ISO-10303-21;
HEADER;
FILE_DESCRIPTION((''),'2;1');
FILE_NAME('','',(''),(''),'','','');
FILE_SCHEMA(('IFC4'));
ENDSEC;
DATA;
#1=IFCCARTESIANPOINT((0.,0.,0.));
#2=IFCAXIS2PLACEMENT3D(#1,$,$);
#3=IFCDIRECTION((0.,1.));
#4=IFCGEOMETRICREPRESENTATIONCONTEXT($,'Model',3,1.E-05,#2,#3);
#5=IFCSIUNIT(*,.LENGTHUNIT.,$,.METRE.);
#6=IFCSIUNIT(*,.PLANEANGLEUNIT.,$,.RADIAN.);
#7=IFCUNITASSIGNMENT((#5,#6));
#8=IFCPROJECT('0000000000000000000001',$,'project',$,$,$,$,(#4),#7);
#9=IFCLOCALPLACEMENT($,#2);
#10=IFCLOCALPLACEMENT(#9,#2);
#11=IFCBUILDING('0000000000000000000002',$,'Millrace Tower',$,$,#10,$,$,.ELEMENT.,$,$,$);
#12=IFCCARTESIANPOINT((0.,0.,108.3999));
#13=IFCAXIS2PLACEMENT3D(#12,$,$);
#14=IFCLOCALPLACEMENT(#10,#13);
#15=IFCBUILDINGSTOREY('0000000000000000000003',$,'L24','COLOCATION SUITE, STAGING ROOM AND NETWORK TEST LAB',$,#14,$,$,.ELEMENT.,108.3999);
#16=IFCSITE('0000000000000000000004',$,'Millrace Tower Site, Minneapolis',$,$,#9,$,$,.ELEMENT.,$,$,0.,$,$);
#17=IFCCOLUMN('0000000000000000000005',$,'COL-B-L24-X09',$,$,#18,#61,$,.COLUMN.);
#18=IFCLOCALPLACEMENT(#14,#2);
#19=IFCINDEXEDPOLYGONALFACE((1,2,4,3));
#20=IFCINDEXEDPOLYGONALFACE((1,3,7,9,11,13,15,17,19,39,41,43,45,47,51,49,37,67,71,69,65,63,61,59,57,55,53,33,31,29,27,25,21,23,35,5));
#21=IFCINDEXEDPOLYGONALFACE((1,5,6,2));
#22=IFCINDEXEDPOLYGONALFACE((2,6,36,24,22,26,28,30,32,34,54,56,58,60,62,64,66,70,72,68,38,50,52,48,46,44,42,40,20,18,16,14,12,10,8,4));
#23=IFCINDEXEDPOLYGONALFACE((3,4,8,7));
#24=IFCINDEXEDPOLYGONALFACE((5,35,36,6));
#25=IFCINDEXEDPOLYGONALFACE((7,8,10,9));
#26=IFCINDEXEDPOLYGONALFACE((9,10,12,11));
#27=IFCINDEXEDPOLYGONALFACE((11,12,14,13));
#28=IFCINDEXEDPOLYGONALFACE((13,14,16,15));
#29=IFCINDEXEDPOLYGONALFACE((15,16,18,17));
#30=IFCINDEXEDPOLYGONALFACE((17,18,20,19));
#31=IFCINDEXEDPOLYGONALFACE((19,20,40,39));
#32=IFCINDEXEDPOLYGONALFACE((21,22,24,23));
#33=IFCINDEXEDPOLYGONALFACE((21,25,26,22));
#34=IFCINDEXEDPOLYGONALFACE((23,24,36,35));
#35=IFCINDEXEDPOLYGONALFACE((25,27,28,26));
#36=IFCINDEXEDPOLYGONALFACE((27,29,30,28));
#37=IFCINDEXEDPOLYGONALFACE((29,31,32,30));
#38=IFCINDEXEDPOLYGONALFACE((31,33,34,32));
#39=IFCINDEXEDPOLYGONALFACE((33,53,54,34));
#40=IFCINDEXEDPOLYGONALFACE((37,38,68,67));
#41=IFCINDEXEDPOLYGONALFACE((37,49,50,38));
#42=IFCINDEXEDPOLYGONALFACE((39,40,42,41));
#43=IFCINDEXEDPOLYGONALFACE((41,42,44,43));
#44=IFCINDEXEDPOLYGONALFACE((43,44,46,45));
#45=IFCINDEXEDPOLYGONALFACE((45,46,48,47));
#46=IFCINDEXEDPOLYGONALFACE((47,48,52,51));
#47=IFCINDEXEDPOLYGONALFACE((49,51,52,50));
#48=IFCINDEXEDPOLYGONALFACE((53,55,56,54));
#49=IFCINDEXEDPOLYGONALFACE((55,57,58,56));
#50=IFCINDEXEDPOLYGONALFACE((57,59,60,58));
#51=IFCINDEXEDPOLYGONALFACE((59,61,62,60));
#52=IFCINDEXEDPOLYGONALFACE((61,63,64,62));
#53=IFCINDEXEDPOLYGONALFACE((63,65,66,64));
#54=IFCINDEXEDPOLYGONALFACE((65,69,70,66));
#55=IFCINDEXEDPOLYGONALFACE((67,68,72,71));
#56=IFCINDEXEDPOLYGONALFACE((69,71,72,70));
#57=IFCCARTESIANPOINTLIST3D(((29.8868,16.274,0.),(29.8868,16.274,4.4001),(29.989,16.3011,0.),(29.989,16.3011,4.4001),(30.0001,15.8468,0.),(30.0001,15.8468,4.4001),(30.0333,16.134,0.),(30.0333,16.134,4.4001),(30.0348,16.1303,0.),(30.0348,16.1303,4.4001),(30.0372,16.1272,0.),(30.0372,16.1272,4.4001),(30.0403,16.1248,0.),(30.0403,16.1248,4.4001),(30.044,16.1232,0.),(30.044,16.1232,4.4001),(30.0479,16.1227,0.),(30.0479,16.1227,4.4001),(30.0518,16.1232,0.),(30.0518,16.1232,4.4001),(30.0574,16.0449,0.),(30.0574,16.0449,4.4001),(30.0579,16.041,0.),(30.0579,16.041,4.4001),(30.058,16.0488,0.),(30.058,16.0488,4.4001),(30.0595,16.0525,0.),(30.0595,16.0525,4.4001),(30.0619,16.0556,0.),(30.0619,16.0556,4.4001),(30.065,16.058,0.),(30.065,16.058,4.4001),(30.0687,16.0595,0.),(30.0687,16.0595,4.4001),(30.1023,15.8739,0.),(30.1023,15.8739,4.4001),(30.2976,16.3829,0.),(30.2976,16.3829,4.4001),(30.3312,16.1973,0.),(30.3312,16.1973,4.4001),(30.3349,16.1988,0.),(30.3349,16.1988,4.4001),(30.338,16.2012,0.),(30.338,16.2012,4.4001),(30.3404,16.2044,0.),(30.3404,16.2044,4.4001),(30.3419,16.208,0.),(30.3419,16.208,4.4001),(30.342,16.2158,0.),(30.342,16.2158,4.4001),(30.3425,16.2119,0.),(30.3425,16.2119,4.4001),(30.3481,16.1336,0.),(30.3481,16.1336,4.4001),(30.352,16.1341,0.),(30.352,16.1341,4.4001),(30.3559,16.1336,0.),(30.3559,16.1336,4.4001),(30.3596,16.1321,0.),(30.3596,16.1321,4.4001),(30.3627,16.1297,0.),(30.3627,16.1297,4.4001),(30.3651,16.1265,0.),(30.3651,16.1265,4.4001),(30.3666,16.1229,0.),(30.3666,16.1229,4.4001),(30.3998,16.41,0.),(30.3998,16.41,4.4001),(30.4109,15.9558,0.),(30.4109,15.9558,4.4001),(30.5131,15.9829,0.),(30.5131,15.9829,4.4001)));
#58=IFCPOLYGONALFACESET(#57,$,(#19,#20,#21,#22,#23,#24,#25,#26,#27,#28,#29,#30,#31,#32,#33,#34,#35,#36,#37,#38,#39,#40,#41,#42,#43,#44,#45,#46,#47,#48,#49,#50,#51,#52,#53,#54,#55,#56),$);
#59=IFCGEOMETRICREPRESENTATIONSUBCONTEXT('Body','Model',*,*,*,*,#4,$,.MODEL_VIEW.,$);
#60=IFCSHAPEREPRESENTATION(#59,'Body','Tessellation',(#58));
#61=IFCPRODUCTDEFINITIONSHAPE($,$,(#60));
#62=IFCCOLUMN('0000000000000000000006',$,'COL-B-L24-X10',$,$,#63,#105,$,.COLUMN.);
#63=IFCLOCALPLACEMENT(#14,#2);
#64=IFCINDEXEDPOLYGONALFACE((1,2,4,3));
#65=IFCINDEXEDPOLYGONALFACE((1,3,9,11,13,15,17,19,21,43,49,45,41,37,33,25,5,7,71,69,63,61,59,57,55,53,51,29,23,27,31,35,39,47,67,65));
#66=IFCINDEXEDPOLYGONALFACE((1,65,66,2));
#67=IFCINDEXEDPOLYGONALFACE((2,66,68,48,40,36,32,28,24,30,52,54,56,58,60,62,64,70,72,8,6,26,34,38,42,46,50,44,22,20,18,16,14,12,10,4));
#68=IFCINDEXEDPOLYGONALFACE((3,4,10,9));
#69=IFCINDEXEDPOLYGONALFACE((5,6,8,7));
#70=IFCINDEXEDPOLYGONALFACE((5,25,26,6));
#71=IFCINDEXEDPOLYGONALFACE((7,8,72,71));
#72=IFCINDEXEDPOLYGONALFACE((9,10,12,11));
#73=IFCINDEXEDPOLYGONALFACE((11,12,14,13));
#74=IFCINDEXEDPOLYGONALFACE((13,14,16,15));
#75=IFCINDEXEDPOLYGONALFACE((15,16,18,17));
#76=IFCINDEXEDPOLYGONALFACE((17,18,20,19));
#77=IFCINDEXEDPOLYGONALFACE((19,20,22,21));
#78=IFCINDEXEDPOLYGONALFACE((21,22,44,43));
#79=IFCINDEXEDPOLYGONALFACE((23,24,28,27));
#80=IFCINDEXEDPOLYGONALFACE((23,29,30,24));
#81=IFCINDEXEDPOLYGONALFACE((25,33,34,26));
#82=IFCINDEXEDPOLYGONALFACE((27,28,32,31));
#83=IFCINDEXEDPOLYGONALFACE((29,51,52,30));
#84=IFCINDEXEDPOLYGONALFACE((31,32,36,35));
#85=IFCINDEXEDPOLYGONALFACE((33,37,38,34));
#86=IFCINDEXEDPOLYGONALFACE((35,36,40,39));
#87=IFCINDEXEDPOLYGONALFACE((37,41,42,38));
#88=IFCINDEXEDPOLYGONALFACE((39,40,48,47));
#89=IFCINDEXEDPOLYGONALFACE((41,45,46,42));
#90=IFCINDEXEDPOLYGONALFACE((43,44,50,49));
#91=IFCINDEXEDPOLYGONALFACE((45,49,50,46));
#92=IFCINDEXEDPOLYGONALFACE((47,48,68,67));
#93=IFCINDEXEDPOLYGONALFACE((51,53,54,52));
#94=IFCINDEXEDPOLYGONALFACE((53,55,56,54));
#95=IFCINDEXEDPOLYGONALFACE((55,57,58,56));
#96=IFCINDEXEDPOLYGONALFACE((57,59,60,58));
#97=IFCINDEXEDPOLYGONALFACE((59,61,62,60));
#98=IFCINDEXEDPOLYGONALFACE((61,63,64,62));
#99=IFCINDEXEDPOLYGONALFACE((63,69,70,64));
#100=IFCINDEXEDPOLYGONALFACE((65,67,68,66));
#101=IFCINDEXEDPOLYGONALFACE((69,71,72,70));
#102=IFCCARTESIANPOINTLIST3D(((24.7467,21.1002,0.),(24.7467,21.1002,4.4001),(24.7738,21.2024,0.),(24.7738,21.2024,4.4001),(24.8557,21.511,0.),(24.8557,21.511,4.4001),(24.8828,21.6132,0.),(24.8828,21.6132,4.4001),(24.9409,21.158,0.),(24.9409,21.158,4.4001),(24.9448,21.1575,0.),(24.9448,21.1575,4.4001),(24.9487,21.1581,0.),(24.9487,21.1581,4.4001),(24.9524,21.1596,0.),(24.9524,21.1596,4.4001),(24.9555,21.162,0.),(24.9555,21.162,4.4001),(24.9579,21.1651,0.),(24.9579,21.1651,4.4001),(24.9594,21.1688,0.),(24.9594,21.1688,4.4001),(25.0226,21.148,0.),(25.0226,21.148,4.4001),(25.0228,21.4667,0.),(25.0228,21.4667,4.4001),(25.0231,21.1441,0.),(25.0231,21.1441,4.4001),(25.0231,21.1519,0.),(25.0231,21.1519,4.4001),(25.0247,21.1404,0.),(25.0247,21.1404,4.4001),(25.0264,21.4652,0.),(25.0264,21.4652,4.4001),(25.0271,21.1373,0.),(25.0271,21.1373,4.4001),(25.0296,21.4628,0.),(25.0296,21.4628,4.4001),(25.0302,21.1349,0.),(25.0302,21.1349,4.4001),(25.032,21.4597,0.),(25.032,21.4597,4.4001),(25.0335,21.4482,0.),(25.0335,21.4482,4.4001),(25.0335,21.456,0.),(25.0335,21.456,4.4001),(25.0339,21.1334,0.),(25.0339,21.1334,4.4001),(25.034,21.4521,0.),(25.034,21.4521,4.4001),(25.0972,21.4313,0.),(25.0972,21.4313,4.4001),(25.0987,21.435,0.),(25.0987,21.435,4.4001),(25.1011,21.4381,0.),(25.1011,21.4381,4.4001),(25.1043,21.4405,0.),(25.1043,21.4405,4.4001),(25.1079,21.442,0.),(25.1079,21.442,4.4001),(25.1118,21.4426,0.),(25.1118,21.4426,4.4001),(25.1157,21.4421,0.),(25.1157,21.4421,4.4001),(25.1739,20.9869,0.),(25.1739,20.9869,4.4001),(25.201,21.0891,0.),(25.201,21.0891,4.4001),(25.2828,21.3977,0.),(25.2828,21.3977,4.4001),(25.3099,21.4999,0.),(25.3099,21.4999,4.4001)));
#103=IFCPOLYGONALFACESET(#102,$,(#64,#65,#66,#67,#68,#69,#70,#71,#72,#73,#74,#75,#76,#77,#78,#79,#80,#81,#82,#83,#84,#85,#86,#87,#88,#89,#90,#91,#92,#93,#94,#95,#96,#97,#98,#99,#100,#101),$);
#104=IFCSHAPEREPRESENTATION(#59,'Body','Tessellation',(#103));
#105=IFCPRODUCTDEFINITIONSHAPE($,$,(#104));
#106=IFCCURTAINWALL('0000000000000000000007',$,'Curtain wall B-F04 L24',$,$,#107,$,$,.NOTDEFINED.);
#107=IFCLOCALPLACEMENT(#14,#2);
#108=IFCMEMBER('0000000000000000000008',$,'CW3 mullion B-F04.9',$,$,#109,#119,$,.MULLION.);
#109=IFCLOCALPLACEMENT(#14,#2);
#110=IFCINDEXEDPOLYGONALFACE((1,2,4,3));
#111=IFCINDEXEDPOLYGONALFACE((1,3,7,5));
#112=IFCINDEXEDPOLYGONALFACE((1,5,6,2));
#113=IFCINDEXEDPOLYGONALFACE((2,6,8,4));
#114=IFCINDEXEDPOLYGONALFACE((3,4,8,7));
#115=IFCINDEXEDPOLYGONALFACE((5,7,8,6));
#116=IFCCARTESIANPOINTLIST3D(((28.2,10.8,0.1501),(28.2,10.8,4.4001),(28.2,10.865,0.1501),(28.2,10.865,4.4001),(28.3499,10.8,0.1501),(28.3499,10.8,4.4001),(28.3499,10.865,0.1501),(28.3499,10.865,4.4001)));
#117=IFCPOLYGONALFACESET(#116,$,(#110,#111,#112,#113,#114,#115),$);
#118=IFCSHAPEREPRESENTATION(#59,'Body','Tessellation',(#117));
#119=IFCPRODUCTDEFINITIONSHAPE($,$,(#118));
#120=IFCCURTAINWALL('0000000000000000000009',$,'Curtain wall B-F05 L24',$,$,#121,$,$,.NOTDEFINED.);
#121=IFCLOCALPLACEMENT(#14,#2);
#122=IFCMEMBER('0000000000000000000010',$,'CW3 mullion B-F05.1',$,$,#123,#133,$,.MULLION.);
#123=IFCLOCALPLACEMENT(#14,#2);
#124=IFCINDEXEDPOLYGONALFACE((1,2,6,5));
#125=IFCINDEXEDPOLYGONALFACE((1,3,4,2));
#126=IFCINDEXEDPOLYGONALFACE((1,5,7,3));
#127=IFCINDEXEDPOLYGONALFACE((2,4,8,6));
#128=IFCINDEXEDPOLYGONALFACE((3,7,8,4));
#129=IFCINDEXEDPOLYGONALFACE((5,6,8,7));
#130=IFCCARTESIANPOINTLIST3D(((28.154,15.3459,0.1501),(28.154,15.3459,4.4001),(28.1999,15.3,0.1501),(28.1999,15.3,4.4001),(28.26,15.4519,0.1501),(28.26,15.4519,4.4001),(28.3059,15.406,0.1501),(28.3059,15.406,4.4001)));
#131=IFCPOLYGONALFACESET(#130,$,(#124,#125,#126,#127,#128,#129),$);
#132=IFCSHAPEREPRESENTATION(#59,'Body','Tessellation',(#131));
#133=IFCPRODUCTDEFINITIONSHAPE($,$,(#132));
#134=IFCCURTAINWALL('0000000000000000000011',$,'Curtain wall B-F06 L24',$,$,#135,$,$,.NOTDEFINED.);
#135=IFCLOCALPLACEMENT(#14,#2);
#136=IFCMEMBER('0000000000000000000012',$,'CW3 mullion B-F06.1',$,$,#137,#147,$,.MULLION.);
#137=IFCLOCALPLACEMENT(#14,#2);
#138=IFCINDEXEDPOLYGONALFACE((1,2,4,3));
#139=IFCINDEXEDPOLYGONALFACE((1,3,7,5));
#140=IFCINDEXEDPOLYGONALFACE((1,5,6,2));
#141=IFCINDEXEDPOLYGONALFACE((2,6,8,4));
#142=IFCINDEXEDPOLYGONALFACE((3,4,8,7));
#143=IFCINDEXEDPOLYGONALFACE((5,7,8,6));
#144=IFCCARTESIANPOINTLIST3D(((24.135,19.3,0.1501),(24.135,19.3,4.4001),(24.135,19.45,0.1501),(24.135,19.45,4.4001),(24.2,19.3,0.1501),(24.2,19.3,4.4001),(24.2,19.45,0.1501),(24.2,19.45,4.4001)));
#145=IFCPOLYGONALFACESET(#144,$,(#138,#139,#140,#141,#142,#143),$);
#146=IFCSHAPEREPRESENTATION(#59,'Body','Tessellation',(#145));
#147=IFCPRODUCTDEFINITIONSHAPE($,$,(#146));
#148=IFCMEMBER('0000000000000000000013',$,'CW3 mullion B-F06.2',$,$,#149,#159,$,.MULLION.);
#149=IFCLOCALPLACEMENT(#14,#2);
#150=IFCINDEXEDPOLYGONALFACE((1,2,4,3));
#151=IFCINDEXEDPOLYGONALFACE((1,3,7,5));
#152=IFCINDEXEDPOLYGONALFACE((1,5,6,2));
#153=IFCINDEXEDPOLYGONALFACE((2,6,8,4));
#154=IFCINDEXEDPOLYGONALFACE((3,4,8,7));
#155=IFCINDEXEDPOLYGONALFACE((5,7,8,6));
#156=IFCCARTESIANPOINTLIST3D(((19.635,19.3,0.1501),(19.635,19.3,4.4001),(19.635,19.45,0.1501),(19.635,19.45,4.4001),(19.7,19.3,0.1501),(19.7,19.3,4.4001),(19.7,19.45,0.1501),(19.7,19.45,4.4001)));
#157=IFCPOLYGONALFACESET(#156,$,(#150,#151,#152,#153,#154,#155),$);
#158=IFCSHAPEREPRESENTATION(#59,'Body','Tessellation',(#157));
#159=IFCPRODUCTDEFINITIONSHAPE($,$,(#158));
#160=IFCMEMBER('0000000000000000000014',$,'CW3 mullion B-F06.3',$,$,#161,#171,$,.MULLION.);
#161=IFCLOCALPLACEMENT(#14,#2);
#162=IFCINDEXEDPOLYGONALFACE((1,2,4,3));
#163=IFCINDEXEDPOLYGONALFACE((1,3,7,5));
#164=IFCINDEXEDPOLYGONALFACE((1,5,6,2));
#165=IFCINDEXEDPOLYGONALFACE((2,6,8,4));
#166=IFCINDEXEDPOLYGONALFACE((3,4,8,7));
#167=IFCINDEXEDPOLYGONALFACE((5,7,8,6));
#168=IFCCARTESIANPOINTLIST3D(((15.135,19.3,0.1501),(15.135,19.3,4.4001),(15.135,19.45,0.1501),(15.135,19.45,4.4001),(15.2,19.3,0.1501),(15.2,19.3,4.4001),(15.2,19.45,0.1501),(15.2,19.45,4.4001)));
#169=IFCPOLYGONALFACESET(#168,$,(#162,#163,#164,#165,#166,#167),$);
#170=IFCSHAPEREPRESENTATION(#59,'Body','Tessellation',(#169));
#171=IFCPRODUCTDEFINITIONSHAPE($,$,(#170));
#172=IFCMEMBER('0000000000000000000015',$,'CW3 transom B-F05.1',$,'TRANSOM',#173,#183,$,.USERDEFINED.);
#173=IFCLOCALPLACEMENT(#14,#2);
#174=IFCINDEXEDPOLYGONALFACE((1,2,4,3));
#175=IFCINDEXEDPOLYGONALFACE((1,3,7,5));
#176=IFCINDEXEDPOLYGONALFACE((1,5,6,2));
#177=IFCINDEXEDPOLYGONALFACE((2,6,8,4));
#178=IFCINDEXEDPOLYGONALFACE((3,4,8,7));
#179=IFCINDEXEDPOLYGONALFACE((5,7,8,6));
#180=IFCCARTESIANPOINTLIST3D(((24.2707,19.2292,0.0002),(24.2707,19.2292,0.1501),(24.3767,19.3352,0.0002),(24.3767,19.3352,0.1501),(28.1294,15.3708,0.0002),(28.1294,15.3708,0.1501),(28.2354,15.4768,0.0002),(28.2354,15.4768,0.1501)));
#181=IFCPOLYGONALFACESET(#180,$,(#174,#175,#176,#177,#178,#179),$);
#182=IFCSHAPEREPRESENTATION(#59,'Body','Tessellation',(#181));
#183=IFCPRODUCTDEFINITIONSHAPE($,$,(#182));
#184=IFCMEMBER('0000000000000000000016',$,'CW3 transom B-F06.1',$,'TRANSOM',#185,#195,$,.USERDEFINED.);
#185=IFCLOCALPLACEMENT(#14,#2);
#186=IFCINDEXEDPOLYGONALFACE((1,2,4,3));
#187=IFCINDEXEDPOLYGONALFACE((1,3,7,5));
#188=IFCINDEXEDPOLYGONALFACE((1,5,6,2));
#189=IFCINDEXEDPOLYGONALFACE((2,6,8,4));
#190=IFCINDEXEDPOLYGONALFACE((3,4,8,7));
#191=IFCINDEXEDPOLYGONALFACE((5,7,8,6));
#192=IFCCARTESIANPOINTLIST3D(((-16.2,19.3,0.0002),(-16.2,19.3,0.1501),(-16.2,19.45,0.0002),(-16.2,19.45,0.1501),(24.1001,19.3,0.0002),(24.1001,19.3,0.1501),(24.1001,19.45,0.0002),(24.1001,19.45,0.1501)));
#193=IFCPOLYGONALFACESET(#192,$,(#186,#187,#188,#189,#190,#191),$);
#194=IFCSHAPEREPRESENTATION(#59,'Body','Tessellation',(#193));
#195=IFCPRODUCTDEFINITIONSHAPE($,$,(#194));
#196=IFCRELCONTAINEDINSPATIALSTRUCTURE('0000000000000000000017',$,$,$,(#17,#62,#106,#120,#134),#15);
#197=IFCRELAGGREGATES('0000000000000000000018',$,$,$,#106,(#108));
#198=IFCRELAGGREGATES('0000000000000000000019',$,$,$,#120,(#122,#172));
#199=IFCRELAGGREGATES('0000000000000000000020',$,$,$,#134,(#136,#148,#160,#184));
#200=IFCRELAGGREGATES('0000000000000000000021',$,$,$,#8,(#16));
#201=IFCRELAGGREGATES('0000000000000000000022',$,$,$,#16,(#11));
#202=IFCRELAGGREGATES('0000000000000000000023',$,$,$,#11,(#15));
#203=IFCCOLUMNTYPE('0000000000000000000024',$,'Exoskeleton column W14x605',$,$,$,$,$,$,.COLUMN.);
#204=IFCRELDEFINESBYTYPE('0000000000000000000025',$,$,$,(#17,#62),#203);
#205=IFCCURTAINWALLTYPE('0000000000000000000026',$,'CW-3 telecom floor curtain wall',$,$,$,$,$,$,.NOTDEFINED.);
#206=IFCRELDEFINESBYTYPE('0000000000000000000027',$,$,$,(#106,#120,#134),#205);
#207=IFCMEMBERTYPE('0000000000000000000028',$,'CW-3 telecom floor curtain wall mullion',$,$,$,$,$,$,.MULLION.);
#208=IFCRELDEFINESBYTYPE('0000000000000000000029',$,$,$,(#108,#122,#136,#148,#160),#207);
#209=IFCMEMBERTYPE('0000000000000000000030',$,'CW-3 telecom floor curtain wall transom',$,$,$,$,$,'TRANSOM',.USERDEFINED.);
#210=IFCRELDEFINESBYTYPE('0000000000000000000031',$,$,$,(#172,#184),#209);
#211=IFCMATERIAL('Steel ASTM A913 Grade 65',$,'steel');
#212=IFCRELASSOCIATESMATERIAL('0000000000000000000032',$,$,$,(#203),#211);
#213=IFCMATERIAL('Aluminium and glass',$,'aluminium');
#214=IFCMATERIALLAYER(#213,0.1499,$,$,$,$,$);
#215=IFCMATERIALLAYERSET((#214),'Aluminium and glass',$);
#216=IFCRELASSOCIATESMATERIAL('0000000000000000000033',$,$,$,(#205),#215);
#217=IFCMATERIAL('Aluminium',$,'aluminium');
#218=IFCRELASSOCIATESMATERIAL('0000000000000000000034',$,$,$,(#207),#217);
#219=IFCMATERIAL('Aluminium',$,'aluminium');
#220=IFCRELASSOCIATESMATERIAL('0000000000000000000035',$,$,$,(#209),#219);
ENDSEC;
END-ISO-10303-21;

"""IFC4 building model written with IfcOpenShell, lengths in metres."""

from ifc_helpers import new_model, si_unit, direction, frame, origin, origin_2d, place, context, subcontext, project, spatial, rectangle, i_section, extrude, material, layer, layer_set, material_profile, profile_set, type_object, element, aggregate, save


model = new_model("IFC4")

# Units and contexts
model_context = context("Model", 3, precision=1e-05, world=origin(), true_north=direction((0.0, 1.0)))
body_context = subcontext(model_context, "Body", "Model", "MODEL_VIEW")
ifc_project = project(units=[si_unit("LENGTHUNIT", "METRE"), si_unit("PLANEANGLEUNIT", "RADIAN")], contexts=[model_context])

# Site, building, storey
site_placement = place(None, origin())
site = spatial("IfcSite", under=ifc_project, at=site_placement, Name="Millrace Tower Site, Minneapolis", CompositionType="ELEMENT", RefElevation=0.0)
building_placement = place(site_placement, origin())
building = spatial("IfcBuilding", under=site, at=building_placement, Name="Millrace Tower", CompositionType="ELEMENT")
storey_placement = place(building_placement, frame((0.0, 0.0, 108.3999)))
storey = spatial("IfcBuildingStorey", under=building, at=storey_placement, Name="L24", Description="COLOCATION SUITE, STAGING ROOM AND NETWORK TEST LAB", CompositionType="ELEMENT", Elevation=108.3999)

# Columns
ifc_material_1 = material(Name="Steel ASTM A913 Grade 65", Category="steel")
ifc_material_profile_1 = material_profile(ifc_material_1, i_section(OverallWidth=0.4419, OverallDepth=0.5308, WebThickness=0.0659, FlangeThickness=0.1057, FilletRadius=0.0151, at=origin_2d()))
ifc_profile_set_1 = profile_set([ifc_material_profile_1], Name="Steel ASTM A913 Grade 65")
column_type = type_object("IfcColumnType", Name="Exoskeleton column W14x605", PredefinedType="COLUMN", material=ifc_profile_set_1)
for number, where, z_axis, x_axis, name in (
    (1, (30.2, 16.1284, 0.0), (0.0, 0.0, 1.0), (-0.256347, 0.966585, 0.0), "COL-B-L24-X09"),
    (2, (25.0283, 21.3, 0.0), (0.0, 0.0, 1.0), (-0.966585, 0.256347, 0.0), "COL-B-L24-X10"),
):
    element("IfcColumn", number, at=place(storey_placement, frame(where, z_axis=z_axis, x_axis=x_axis)), inside=storey, type_object=column_type, Name=name, PredefinedType="COLUMN", context=body_context, shape_type="SweptSolid", body=[
        extrude(i_section(OverallWidth=0.4419, OverallDepth=0.5308, WebThickness=0.0659, FlangeThickness=0.1057, FilletRadius=0.0151, at=origin_2d()), origin(), (0.0, 0.0, 1.0), 4.4001),
    ])

# Curtain walls, members
ifc_material_2 = material(Name="Aluminium and glass", Category="aluminium")
ifc_layer_1 = layer(ifc_material_2, 0.1499)
ifc_layer_set_1 = layer_set([ifc_layer_1], Name="Aluminium and glass")
curtain_wall_type = type_object("IfcCurtainWallType", Name="CW-3 telecom floor curtain wall", PredefinedType="NOTDEFINED", material=ifc_layer_set_1)
placement = place(storey_placement, origin())
curtain_wall_1 = element("IfcCurtainWall", 3, at=placement, inside=storey, type_object=curtain_wall_type, Name="Curtain wall B-F04 L24", PredefinedType="NOTDEFINED")
ifc_material_3 = material(Name="Aluminium", Category="aluminium")
ifc_material_profile_2 = material_profile(ifc_material_3, rectangle(XDim=0.0649, YDim=0.1499, at=origin_2d()))
ifc_profile_set_2 = profile_set([ifc_material_profile_2], Name="Aluminium")
member_type_1 = type_object("IfcMemberType", Name="CW-3 telecom floor curtain wall mullion", PredefinedType="MULLION", material=ifc_profile_set_2)
member_1_placement = place(storey_placement, frame((28.2749, 10.8325, 0.1501), z_axis=(0.0, 0.0, 1.0), x_axis=(0.0, 1.0, 0.0)))
member_1 = element("IfcMember", 4, at=member_1_placement, type_object=member_type_1, Name="CW3 mullion B-F04.9", PredefinedType="MULLION", context=body_context, shape_type="SweptSolid", body=[
    extrude(rectangle(XDim=0.0649, YDim=0.1499, at=origin_2d()), origin(), (0.0, 0.0, 1.0), 4.25),
])
aggregate(curtain_wall_1, [member_1])
curtain_wall_2 = element("IfcCurtainWall", 5, at=placement, inside=storey, type_object=curtain_wall_type, Name="Curtain wall B-F05 L24", PredefinedType="NOTDEFINED")
member_2_placement = place(storey_placement, frame((28.23, 15.376, 0.1501), z_axis=(0.0, 0.0, 1.0), x_axis=(-0.707107, 0.707107, 0.0)))
member_2 = element("IfcMember", 6, at=member_2_placement, type_object=member_type_1, Name="CW3 mullion B-F05.1", PredefinedType="MULLION", context=body_context, shape_type="SweptSolid", body=[
    extrude(rectangle(XDim=0.0649, YDim=0.1499, at=origin_2d()), origin(), (0.0, 0.0, 1.0), 4.25),
])

# Curtain wall, members
curtain_wall_3 = element("IfcCurtainWall", 7, at=placement, inside=storey, type_object=curtain_wall_type, Name="Curtain wall B-F06 L24", PredefinedType="NOTDEFINED")
member_3_placement = place(storey_placement, frame((24.1675, 19.375, 0.1501), z_axis=(0.0, 0.0, 1.0), x_axis=(-1.0, 0.0, 0.0)))
member_3 = element("IfcMember", 8, at=member_3_placement, type_object=member_type_1, Name="CW3 mullion B-F06.1", PredefinedType="MULLION", context=body_context, shape_type="SweptSolid", body=[
    extrude(rectangle(XDim=0.0649, YDim=0.1499, at=origin_2d()), origin(), (0.0, 0.0, 1.0), 4.25),
])
member_4_placement = place(storey_placement, frame((19.6675, 19.375, 0.1501), z_axis=(0.0, 0.0, 1.0), x_axis=(-1.0, 0.0, 0.0)))
member_4 = element("IfcMember", 9, at=member_4_placement, type_object=member_type_1, Name="CW3 mullion B-F06.2", PredefinedType="MULLION", context=body_context, shape_type="SweptSolid", body=[
    extrude(rectangle(XDim=0.0649, YDim=0.1499, at=origin_2d()), origin(), (0.0, 0.0, 1.0), 4.25),
])
member_5_placement = place(storey_placement, frame((15.1675, 19.375, 0.1501), z_axis=(0.0, 0.0, 1.0), x_axis=(-1.0, 0.0, 0.0)))
member_5 = element("IfcMember", 10, at=member_5_placement, type_object=member_type_1, Name="CW3 mullion B-F06.3", PredefinedType="MULLION", context=body_context, shape_type="SweptSolid", body=[
    extrude(rectangle(XDim=0.0649, YDim=0.1499, at=origin_2d()), origin(), (0.0, 0.0, 1.0), 4.25),
])

# Members
ifc_material_4 = material(Name="Aluminium", Category="aluminium")
ifc_material_profile_3 = material_profile(ifc_material_4, rectangle(XDim=0.1499, YDim=0.1499, at=origin_2d()))
ifc_profile_set_3 = profile_set([ifc_material_profile_3], Name="Aluminium")
member_type_2 = type_object("IfcMemberType", Name="CW-3 telecom floor curtain wall transom", ElementType="TRANSOM", PredefinedType="USERDEFINED", material=ifc_profile_set_3)
member_6_placement = place(storey_placement, frame((28.1824, 15.4238, 0.0752), z_axis=(-0.707129, 0.707084, 0.0), x_axis=(-0.707084, -0.707129, 0.0)))
member_6 = element("IfcMember", 11, at=member_6_placement, type_object=member_type_2, Name="CW3 transom B-F05.1", ObjectType="TRANSOM", PredefinedType="USERDEFINED", context=body_context, shape_type="SweptSolid", body=[
    extrude(rectangle(XDim=0.1499, YDim=0.1499, at=origin_2d()), origin(), (0.0, 0.0, 1.0), 5.4568),
])
aggregate(curtain_wall_2, [member_2, member_6])
member_7_placement = place(storey_placement, frame((24.1001, 19.375, 0.0752), z_axis=(-1.0, 0.0, 0.0), x_axis=(0.0, -1.0, 0.0)))
member_7 = element("IfcMember", 12, at=member_7_placement, type_object=member_type_2, Name="CW3 transom B-F06.1", ObjectType="TRANSOM", PredefinedType="USERDEFINED", context=body_context, shape_type="SweptSolid", body=[
    extrude(rectangle(XDim=0.1499, YDim=0.1499, at=origin_2d()), origin(), (0.0, 0.0, 1.0), 40.3),
])
aggregate(curtain_wall_3, [member_3, member_4, member_5, member_7])

save(model, "model.ifc")
